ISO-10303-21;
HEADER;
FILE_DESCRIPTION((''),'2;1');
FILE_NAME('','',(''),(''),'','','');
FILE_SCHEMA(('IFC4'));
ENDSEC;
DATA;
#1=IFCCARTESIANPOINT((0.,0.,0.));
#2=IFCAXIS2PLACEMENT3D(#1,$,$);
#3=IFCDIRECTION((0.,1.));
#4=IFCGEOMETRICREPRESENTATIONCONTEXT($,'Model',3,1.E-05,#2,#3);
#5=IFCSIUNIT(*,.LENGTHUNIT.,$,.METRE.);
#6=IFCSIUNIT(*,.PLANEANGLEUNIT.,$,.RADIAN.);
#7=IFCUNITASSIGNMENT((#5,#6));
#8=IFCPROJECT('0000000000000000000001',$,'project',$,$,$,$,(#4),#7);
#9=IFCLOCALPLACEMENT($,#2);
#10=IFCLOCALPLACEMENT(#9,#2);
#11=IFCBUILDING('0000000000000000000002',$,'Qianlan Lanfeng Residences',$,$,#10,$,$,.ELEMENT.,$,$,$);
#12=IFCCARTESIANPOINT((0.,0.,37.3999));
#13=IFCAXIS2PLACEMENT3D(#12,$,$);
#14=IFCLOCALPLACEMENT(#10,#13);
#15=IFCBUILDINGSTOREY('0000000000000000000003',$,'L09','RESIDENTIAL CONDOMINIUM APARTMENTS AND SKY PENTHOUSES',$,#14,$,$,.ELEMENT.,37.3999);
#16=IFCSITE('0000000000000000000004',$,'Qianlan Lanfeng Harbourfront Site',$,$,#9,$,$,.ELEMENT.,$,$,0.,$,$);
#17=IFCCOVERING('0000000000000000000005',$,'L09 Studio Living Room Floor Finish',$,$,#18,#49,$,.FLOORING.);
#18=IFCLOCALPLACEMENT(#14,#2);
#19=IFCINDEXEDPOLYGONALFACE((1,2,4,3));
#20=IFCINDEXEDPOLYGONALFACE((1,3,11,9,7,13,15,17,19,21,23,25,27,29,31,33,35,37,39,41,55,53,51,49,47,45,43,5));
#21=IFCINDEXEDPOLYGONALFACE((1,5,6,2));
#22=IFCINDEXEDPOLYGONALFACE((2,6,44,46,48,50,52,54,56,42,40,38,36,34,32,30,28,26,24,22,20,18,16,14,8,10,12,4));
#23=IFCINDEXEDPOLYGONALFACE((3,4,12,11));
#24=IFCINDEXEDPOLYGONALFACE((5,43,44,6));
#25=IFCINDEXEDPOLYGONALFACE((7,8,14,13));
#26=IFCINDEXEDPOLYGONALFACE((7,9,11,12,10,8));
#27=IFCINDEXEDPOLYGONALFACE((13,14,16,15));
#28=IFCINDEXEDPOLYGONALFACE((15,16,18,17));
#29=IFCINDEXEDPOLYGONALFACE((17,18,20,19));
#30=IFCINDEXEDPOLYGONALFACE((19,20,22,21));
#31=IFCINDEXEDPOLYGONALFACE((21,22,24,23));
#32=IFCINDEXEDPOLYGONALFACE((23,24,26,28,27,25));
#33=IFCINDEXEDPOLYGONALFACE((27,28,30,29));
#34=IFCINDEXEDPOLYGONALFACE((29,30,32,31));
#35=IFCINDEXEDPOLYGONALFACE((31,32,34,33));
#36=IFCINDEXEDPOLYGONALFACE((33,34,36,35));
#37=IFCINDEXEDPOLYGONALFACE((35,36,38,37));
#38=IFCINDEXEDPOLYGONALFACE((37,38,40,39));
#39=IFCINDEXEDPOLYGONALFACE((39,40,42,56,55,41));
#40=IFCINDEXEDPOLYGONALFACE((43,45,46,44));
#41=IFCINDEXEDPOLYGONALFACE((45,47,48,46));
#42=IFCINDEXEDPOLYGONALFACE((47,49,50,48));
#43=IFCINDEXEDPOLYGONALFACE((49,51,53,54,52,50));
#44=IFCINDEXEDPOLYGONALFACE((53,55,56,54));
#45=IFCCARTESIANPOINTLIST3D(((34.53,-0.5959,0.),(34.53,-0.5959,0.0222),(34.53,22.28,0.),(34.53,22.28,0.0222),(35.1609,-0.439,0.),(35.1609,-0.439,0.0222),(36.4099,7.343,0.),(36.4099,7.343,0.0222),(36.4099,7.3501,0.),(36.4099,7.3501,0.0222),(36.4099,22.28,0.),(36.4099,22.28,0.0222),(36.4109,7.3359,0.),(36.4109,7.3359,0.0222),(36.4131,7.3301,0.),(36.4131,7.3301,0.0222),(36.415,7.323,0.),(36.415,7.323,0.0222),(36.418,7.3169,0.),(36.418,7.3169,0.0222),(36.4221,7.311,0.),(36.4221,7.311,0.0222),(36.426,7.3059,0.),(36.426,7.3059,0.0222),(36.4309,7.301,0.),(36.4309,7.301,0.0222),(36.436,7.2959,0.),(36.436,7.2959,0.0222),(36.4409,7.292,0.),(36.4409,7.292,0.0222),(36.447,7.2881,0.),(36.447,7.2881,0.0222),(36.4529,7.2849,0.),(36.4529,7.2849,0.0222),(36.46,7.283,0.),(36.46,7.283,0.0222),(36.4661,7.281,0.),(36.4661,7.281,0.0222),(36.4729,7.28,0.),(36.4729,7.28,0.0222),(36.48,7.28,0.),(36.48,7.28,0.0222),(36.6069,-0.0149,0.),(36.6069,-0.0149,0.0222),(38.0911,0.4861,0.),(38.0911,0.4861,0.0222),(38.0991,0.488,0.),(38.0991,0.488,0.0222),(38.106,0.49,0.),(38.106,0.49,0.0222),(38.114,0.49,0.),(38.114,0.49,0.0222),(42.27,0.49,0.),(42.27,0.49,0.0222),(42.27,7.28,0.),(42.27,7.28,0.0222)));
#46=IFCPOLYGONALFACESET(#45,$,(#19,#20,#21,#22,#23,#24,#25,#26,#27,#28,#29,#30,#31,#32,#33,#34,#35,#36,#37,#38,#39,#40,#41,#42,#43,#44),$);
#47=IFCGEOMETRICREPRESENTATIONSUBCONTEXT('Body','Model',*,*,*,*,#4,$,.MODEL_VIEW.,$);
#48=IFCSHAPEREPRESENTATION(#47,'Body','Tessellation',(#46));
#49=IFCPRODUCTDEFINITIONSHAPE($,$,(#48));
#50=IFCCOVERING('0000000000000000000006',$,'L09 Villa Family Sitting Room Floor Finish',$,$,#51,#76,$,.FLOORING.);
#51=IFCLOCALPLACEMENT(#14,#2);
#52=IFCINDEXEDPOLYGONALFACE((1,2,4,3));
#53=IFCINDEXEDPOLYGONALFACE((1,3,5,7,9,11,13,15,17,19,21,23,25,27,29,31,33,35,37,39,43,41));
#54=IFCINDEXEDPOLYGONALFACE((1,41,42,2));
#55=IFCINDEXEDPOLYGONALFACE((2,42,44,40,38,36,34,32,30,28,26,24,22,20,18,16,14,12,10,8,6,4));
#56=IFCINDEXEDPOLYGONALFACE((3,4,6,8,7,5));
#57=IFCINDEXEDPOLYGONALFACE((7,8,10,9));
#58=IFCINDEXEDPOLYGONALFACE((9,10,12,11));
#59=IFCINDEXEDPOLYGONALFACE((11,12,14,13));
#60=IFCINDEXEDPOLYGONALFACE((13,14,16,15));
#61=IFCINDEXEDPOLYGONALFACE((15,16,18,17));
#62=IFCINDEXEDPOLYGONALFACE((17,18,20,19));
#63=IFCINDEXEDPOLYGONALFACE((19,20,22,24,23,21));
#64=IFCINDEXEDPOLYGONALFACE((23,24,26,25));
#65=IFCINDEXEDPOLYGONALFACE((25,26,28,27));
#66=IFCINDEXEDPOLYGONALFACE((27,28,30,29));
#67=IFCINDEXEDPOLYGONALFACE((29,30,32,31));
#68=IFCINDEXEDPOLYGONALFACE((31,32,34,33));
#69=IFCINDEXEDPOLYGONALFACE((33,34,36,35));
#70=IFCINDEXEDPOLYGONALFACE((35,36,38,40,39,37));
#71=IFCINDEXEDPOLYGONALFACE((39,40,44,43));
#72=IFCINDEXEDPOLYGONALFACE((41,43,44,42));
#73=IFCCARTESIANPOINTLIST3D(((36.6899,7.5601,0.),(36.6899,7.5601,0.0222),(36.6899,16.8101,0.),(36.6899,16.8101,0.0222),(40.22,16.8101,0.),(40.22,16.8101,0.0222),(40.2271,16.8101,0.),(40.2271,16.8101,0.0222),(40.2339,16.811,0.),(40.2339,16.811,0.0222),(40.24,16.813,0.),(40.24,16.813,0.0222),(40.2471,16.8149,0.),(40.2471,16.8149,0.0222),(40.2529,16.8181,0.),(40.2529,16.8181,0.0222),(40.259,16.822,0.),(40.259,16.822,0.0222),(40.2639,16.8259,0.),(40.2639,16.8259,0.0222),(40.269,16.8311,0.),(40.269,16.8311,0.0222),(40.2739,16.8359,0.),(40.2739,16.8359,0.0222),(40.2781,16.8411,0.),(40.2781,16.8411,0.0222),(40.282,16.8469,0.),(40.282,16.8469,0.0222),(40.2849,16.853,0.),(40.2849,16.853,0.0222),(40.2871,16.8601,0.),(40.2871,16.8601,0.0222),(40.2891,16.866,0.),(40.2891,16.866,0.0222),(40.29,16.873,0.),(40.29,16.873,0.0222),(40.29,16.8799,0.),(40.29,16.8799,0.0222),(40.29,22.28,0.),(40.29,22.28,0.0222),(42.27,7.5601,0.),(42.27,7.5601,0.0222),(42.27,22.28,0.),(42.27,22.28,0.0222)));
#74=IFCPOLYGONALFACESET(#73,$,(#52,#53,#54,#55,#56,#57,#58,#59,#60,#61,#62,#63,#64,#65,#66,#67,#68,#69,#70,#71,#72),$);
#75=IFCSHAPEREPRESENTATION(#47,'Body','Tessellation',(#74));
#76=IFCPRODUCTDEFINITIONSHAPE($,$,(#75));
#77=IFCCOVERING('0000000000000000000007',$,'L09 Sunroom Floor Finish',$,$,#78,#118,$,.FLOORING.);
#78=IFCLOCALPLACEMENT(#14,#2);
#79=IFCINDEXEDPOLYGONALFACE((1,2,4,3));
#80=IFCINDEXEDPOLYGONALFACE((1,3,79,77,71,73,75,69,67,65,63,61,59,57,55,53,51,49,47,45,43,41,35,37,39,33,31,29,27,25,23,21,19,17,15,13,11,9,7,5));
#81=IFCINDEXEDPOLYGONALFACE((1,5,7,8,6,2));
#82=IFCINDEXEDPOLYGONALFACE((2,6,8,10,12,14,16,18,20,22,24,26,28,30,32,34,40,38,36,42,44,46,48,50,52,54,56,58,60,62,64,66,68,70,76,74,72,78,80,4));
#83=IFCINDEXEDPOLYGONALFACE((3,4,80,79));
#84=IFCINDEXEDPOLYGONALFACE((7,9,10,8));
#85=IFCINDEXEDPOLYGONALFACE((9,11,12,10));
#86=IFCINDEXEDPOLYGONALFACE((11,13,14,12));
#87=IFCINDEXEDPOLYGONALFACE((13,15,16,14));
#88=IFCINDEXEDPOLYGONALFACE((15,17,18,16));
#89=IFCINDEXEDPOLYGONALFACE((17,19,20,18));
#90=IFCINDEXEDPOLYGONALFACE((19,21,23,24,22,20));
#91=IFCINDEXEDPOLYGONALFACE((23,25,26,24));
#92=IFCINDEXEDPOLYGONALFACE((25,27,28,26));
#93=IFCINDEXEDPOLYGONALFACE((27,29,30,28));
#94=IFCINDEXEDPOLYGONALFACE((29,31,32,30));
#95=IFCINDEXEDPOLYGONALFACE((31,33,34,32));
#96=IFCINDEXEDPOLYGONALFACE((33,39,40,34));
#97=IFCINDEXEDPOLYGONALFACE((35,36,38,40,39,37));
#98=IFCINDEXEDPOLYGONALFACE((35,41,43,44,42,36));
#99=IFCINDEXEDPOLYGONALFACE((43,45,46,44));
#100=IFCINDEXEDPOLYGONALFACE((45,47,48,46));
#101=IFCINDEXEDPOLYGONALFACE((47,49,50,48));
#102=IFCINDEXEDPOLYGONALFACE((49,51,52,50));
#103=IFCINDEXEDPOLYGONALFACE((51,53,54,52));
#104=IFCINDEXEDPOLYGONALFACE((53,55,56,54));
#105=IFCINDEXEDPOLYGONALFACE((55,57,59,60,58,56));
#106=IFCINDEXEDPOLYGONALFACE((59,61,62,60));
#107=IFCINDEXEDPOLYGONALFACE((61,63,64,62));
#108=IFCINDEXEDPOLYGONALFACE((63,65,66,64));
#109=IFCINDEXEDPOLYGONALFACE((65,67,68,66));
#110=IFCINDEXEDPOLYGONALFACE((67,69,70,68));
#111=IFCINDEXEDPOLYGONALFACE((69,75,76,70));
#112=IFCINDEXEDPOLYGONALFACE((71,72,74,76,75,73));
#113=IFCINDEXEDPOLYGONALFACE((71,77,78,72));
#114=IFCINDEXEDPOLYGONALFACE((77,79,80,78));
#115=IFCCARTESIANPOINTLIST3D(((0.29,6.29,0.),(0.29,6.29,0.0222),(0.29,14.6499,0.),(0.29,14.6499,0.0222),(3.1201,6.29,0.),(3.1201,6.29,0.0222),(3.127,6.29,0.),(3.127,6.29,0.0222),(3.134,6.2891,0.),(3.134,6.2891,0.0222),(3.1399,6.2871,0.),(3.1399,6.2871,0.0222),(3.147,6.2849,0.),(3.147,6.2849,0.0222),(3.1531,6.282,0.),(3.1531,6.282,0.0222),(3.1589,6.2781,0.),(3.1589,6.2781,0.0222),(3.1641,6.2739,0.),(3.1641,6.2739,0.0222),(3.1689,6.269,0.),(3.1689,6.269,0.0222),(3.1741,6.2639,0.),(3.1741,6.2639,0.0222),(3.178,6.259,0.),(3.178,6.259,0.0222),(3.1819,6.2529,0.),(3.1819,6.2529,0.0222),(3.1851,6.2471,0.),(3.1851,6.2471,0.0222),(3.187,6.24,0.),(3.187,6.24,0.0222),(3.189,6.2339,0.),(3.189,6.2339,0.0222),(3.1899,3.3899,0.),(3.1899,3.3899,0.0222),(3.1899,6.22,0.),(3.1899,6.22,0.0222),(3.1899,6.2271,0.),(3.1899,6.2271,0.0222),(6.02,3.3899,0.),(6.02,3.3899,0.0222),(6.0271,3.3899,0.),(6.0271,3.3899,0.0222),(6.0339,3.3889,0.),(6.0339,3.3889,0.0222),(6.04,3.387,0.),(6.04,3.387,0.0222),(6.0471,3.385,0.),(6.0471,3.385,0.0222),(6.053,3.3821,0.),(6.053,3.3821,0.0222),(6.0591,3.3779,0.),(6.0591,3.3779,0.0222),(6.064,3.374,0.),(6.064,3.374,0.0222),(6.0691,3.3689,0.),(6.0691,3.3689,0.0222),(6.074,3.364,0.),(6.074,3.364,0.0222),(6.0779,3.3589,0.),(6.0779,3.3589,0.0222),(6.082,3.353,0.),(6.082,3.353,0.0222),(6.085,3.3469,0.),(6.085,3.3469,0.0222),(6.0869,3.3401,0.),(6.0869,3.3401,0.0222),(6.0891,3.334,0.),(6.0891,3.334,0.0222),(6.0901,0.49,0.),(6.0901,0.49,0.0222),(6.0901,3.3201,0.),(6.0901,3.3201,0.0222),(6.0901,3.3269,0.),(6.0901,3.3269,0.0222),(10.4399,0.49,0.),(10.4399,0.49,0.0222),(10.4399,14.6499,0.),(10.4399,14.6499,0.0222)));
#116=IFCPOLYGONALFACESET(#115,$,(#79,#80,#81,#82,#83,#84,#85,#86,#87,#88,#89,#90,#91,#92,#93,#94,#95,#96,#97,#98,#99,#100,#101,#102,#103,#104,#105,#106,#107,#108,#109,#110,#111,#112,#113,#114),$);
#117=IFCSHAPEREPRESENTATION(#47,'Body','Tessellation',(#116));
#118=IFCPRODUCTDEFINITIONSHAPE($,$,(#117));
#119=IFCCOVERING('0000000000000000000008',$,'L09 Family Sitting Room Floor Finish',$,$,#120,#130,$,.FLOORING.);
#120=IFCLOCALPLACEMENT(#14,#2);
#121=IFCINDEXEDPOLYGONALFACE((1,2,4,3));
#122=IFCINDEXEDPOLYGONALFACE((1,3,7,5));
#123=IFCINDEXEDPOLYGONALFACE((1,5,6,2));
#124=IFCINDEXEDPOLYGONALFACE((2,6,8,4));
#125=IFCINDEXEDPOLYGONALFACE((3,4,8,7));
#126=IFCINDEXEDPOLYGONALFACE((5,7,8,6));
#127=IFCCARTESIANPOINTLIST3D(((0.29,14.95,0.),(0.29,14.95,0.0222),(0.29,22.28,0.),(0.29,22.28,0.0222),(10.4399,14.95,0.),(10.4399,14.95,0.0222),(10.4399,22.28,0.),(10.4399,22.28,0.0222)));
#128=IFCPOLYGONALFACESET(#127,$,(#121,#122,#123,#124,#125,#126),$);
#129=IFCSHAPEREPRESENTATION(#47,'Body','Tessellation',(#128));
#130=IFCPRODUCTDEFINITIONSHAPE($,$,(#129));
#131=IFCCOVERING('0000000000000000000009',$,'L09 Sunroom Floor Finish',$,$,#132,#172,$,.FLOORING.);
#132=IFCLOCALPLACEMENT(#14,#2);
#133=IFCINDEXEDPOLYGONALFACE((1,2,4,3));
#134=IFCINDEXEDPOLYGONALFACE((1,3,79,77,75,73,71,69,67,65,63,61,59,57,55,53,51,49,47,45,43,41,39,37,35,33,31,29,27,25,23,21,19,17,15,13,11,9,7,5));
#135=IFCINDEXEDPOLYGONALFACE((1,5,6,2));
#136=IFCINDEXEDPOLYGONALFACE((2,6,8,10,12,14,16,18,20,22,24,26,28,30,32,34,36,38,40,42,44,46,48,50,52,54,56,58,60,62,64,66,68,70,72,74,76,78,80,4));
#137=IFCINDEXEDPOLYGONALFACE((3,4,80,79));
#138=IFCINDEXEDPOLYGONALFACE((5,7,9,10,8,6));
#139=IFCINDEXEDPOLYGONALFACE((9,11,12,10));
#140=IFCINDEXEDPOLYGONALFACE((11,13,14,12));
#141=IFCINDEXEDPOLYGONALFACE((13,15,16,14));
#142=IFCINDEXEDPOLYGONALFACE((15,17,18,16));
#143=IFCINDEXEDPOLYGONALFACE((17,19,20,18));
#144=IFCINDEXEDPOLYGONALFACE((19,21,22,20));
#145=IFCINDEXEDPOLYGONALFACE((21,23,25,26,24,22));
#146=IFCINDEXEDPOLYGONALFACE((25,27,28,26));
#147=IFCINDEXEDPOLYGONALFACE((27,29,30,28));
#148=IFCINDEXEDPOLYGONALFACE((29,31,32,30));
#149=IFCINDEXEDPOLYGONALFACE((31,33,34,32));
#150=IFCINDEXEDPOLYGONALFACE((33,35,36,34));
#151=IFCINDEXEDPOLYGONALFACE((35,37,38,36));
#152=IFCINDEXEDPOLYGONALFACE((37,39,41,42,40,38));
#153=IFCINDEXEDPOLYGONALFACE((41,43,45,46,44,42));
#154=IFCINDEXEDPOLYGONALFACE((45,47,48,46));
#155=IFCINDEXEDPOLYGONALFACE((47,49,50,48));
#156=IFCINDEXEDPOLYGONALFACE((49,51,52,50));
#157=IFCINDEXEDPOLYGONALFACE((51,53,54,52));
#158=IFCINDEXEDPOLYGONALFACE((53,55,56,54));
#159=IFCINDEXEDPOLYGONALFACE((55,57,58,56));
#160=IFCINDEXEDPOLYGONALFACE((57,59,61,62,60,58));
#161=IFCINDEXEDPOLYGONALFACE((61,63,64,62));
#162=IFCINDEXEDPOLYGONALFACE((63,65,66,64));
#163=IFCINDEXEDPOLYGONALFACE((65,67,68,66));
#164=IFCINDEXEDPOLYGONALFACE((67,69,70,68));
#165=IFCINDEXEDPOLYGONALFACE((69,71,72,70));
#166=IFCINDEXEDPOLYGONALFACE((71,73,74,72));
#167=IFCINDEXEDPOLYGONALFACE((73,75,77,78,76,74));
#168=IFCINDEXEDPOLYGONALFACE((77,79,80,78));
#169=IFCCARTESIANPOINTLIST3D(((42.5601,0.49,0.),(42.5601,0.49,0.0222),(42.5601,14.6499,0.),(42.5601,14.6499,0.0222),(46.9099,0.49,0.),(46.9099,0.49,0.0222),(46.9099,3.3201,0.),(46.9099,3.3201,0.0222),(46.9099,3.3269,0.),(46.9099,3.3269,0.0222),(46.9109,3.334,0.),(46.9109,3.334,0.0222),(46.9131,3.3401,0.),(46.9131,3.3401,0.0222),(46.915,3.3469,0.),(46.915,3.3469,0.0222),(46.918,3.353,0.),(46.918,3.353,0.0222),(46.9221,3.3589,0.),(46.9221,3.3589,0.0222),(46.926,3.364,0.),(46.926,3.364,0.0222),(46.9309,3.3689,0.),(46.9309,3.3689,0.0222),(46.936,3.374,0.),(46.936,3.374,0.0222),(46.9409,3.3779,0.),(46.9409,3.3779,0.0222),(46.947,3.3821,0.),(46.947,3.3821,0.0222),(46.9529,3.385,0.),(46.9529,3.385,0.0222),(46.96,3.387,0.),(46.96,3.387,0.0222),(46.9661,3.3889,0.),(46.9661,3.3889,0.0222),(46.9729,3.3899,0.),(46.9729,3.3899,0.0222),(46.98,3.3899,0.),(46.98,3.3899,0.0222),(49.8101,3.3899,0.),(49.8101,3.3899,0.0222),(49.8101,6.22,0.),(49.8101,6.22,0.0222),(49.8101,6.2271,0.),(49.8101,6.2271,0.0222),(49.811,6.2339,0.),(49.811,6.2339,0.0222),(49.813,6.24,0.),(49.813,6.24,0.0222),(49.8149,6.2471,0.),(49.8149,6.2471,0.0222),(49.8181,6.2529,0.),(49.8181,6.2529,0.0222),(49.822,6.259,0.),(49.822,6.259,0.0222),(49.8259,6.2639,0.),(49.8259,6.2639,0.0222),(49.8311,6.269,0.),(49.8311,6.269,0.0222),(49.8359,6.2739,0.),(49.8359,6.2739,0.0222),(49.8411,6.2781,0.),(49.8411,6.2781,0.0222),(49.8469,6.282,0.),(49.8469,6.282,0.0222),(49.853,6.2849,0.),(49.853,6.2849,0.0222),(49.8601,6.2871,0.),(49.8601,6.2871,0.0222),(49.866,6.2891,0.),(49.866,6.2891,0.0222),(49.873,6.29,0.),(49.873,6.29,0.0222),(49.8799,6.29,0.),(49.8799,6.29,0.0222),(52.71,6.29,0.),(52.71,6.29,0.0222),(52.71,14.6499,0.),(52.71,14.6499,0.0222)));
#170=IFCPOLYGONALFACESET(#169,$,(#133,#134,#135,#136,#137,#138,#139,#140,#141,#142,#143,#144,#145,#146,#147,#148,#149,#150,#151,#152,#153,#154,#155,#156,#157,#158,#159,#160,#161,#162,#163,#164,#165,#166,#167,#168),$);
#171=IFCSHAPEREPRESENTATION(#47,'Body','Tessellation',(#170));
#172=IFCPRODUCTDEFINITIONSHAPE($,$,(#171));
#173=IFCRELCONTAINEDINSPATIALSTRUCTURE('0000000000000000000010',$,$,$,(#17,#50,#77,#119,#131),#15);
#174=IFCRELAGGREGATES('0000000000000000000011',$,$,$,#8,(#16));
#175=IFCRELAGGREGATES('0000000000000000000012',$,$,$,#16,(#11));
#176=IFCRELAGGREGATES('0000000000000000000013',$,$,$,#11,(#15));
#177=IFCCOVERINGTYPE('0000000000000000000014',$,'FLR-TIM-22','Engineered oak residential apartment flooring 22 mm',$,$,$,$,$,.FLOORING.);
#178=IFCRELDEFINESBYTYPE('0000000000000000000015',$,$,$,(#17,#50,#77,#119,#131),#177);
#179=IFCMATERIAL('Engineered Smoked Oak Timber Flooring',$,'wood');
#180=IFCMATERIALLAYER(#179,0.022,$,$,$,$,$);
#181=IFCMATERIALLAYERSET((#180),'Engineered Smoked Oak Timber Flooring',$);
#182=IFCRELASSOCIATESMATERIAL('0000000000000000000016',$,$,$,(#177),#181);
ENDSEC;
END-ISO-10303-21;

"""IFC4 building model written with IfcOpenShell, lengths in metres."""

from ifc_helpers import new_model, si_unit, direction, frame, origin, place, context, subcontext, project, spatial, polyline, outline, extrude, material, layer, layer_set, type_object, element, save


model = new_model("IFC4")

# Units and contexts
model_context = context("Model", 3, precision=1e-05, world=origin(), true_north=direction((0.0, 1.0)))
body_context = subcontext(model_context, "Body", "Model", "MODEL_VIEW")
ifc_project = project(units=[si_unit("LENGTHUNIT", "METRE"), si_unit("PLANEANGLEUNIT", "RADIAN")], contexts=[model_context])

# Site, building, storey
site_placement = place(None, origin())
site = spatial("IfcSite", under=ifc_project, at=site_placement, Name="Qianlan Lanfeng Harbourfront Site", CompositionType="ELEMENT", RefElevation=0.0)
building_placement = place(site_placement, origin())
building = spatial("IfcBuilding", under=site, at=building_placement, Name="Qianlan Lanfeng Residences", CompositionType="ELEMENT")
storey_placement = place(building_placement, frame((0.0, 0.0, 37.3999)))
storey = spatial("IfcBuildingStorey", under=building, at=storey_placement, Name="L09", Description="RESIDENTIAL CONDOMINIUM APARTMENTS AND SKY PENTHOUSES", CompositionType="ELEMENT", Elevation=37.3999)

# Coverings
ifc_material_1 = material(Name="Engineered Smoked Oak Timber Flooring", Category="wood")
ifc_layer_1 = layer(ifc_material_1, 0.022)
ifc_layer_set_1 = layer_set([ifc_layer_1], Name="Engineered Smoked Oak Timber Flooring")
covering_type_1 = type_object("IfcCoveringType", Name="FLR-TIM-22", Description="Engineered oak residential apartment flooring 22 mm", PredefinedType="FLOORING", material=ifc_layer_set_1)
covering_1_placement = place(storey_placement, origin())
element("IfcCovering", 1, at=covering_1_placement, inside=storey, type_object=covering_type_1, Name="L09 Studio Living Room Floor Finish", PredefinedType="FLOORING", context=body_context, shape_type="SweptSolid", body=[
    extrude(outline(polyline([(42.27, 0.49), (42.27, 7.28), (36.48, 7.28), (36.4729, 7.28), (36.4661, 7.281), (36.46, 7.283), (36.4529, 7.2849), (36.447, 7.2881), (36.4409, 7.292), (36.436, 7.2959), (36.4309, 7.301), (36.426, 7.3059), (36.4221, 7.311), (36.418, 7.3169), (36.415, 7.323), (36.4131, 7.3301), (36.4109, 7.3359), (36.4099, 7.343), (36.4099, 7.3501), (36.4099, 22.28), (34.53, 22.28), (34.53, -0.5959), (35.1609, -0.439), (36.6069, -0.0149), (38.0911, 0.4861), (38.0991, 0.488), (38.106, 0.49), (38.114, 0.49), (42.27, 0.49)])), origin(), (0.0, 0.0, 1.0), 0.0222),
])
covering_2_placement = place(storey_placement, origin())
element("IfcCovering", 2, at=covering_2_placement, inside=storey, type_object=covering_type_1, Name="L09 Villa Family Sitting Room Floor Finish", PredefinedType="FLOORING", context=body_context, shape_type="SweptSolid", body=[
    extrude(outline(polyline([(36.6899, 7.5601), (42.27, 7.5601), (42.27, 22.28), (40.29, 22.28), (40.29, 16.8799), (40.29, 16.873), (40.2891, 16.866), (40.2871, 16.8601), (40.2849, 16.853), (40.282, 16.8469), (40.2781, 16.8411), (40.2739, 16.8359), (40.269, 16.8311), (40.2639, 16.8259), (40.259, 16.822), (40.2529, 16.8181), (40.2471, 16.8149), (40.24, 16.813), (40.2339, 16.811), (40.2271, 16.8101), (40.22, 16.8101), (36.6899, 16.8101), (36.6899, 7.5601)])), origin(), (0.0, 0.0, 1.0), 0.0222),
])
covering_3_placement = place(storey_placement, origin())
element("IfcCovering", 3, at=covering_3_placement, inside=storey, type_object=covering_type_1, Name="L09 Sunroom Floor Finish", PredefinedType="FLOORING", context=body_context, shape_type="SweptSolid", body=[
    extrude(outline(polyline([(10.4399, 14.6499), (0.29, 14.6499), (0.29, 6.29), (3.1201, 6.29), (3.127, 6.29), (3.134, 6.2891), (3.1399, 6.2871), (3.147, 6.2849), (3.1531, 6.282), (3.1589, 6.2781), (3.1641, 6.2739), (3.1689, 6.269), (3.1741, 6.2639), (3.178, 6.259), (3.1819, 6.2529), (3.1851, 6.2471), (3.187, 6.24), (3.189, 6.2339), (3.1899, 6.2271), (3.1899, 6.22), (3.1899, 3.3899), (6.02, 3.3899), (6.0271, 3.3899), (6.0339, 3.3889), (6.04, 3.387), (6.0471, 3.385), (6.053, 3.3821), (6.0591, 3.3779), (6.064, 3.374), (6.0691, 3.3689), (6.074, 3.364), (6.0779, 3.3589), (6.082, 3.353), (6.085, 3.3469), (6.0869, 3.3401), (6.0891, 3.334), (6.0901, 3.3269), (6.0901, 3.3201), (6.0901, 0.49), (10.4399, 0.49), (10.4399, 14.6499)])), origin(), (0.0, 0.0, 1.0), 0.0222),
])
covering_4_placement = place(storey_placement, origin())
element("IfcCovering", 4, at=covering_4_placement, inside=storey, type_object=covering_type_1, Name="L09 Family Sitting Room Floor Finish", PredefinedType="FLOORING", context=body_context, shape_type="SweptSolid", body=[
    extrude(outline(polyline([(10.4399, 22.28), (0.29, 22.28), (0.29, 14.95), (10.4399, 14.95), (10.4399, 22.28)])), origin(), (0.0, 0.0, 1.0), 0.0222),
])
covering_5_placement = place(storey_placement, origin())
element("IfcCovering", 5, at=covering_5_placement, inside=storey, type_object=covering_type_1, Name="L09 Sunroom Floor Finish", PredefinedType="FLOORING", context=body_context, shape_type="SweptSolid", body=[
    extrude(outline(polyline([(52.71, 14.6499), (42.5601, 14.6499), (42.5601, 0.49), (46.9099, 0.49), (46.9099, 3.3201), (46.9099, 3.3269), (46.9109, 3.334), (46.9131, 3.3401), (46.915, 3.3469), (46.918, 3.353), (46.9221, 3.3589), (46.926, 3.364), (46.9309, 3.3689), (46.936, 3.374), (46.9409, 3.3779), (46.947, 3.3821), (46.9529, 3.385), (46.96, 3.387), (46.9661, 3.3889), (46.9729, 3.3899), (46.98, 3.3899), (49.8101, 3.3899), (49.8101, 6.22), (49.8101, 6.2271), (49.811, 6.2339), (49.813, 6.24), (49.8149, 6.2471), (49.8181, 6.2529), (49.822, 6.259), (49.8259, 6.2639), (49.8311, 6.269), (49.8359, 6.2739), (49.8411, 6.2781), (49.8469, 6.282), (49.853, 6.2849), (49.8601, 6.2871), (49.866, 6.2891), (49.873, 6.29), (49.8799, 6.29), (52.71, 6.29), (52.71, 14.6499)])), origin(), (0.0, 0.0, 1.0), 0.0222),
])

save(model, "model.ifc")
